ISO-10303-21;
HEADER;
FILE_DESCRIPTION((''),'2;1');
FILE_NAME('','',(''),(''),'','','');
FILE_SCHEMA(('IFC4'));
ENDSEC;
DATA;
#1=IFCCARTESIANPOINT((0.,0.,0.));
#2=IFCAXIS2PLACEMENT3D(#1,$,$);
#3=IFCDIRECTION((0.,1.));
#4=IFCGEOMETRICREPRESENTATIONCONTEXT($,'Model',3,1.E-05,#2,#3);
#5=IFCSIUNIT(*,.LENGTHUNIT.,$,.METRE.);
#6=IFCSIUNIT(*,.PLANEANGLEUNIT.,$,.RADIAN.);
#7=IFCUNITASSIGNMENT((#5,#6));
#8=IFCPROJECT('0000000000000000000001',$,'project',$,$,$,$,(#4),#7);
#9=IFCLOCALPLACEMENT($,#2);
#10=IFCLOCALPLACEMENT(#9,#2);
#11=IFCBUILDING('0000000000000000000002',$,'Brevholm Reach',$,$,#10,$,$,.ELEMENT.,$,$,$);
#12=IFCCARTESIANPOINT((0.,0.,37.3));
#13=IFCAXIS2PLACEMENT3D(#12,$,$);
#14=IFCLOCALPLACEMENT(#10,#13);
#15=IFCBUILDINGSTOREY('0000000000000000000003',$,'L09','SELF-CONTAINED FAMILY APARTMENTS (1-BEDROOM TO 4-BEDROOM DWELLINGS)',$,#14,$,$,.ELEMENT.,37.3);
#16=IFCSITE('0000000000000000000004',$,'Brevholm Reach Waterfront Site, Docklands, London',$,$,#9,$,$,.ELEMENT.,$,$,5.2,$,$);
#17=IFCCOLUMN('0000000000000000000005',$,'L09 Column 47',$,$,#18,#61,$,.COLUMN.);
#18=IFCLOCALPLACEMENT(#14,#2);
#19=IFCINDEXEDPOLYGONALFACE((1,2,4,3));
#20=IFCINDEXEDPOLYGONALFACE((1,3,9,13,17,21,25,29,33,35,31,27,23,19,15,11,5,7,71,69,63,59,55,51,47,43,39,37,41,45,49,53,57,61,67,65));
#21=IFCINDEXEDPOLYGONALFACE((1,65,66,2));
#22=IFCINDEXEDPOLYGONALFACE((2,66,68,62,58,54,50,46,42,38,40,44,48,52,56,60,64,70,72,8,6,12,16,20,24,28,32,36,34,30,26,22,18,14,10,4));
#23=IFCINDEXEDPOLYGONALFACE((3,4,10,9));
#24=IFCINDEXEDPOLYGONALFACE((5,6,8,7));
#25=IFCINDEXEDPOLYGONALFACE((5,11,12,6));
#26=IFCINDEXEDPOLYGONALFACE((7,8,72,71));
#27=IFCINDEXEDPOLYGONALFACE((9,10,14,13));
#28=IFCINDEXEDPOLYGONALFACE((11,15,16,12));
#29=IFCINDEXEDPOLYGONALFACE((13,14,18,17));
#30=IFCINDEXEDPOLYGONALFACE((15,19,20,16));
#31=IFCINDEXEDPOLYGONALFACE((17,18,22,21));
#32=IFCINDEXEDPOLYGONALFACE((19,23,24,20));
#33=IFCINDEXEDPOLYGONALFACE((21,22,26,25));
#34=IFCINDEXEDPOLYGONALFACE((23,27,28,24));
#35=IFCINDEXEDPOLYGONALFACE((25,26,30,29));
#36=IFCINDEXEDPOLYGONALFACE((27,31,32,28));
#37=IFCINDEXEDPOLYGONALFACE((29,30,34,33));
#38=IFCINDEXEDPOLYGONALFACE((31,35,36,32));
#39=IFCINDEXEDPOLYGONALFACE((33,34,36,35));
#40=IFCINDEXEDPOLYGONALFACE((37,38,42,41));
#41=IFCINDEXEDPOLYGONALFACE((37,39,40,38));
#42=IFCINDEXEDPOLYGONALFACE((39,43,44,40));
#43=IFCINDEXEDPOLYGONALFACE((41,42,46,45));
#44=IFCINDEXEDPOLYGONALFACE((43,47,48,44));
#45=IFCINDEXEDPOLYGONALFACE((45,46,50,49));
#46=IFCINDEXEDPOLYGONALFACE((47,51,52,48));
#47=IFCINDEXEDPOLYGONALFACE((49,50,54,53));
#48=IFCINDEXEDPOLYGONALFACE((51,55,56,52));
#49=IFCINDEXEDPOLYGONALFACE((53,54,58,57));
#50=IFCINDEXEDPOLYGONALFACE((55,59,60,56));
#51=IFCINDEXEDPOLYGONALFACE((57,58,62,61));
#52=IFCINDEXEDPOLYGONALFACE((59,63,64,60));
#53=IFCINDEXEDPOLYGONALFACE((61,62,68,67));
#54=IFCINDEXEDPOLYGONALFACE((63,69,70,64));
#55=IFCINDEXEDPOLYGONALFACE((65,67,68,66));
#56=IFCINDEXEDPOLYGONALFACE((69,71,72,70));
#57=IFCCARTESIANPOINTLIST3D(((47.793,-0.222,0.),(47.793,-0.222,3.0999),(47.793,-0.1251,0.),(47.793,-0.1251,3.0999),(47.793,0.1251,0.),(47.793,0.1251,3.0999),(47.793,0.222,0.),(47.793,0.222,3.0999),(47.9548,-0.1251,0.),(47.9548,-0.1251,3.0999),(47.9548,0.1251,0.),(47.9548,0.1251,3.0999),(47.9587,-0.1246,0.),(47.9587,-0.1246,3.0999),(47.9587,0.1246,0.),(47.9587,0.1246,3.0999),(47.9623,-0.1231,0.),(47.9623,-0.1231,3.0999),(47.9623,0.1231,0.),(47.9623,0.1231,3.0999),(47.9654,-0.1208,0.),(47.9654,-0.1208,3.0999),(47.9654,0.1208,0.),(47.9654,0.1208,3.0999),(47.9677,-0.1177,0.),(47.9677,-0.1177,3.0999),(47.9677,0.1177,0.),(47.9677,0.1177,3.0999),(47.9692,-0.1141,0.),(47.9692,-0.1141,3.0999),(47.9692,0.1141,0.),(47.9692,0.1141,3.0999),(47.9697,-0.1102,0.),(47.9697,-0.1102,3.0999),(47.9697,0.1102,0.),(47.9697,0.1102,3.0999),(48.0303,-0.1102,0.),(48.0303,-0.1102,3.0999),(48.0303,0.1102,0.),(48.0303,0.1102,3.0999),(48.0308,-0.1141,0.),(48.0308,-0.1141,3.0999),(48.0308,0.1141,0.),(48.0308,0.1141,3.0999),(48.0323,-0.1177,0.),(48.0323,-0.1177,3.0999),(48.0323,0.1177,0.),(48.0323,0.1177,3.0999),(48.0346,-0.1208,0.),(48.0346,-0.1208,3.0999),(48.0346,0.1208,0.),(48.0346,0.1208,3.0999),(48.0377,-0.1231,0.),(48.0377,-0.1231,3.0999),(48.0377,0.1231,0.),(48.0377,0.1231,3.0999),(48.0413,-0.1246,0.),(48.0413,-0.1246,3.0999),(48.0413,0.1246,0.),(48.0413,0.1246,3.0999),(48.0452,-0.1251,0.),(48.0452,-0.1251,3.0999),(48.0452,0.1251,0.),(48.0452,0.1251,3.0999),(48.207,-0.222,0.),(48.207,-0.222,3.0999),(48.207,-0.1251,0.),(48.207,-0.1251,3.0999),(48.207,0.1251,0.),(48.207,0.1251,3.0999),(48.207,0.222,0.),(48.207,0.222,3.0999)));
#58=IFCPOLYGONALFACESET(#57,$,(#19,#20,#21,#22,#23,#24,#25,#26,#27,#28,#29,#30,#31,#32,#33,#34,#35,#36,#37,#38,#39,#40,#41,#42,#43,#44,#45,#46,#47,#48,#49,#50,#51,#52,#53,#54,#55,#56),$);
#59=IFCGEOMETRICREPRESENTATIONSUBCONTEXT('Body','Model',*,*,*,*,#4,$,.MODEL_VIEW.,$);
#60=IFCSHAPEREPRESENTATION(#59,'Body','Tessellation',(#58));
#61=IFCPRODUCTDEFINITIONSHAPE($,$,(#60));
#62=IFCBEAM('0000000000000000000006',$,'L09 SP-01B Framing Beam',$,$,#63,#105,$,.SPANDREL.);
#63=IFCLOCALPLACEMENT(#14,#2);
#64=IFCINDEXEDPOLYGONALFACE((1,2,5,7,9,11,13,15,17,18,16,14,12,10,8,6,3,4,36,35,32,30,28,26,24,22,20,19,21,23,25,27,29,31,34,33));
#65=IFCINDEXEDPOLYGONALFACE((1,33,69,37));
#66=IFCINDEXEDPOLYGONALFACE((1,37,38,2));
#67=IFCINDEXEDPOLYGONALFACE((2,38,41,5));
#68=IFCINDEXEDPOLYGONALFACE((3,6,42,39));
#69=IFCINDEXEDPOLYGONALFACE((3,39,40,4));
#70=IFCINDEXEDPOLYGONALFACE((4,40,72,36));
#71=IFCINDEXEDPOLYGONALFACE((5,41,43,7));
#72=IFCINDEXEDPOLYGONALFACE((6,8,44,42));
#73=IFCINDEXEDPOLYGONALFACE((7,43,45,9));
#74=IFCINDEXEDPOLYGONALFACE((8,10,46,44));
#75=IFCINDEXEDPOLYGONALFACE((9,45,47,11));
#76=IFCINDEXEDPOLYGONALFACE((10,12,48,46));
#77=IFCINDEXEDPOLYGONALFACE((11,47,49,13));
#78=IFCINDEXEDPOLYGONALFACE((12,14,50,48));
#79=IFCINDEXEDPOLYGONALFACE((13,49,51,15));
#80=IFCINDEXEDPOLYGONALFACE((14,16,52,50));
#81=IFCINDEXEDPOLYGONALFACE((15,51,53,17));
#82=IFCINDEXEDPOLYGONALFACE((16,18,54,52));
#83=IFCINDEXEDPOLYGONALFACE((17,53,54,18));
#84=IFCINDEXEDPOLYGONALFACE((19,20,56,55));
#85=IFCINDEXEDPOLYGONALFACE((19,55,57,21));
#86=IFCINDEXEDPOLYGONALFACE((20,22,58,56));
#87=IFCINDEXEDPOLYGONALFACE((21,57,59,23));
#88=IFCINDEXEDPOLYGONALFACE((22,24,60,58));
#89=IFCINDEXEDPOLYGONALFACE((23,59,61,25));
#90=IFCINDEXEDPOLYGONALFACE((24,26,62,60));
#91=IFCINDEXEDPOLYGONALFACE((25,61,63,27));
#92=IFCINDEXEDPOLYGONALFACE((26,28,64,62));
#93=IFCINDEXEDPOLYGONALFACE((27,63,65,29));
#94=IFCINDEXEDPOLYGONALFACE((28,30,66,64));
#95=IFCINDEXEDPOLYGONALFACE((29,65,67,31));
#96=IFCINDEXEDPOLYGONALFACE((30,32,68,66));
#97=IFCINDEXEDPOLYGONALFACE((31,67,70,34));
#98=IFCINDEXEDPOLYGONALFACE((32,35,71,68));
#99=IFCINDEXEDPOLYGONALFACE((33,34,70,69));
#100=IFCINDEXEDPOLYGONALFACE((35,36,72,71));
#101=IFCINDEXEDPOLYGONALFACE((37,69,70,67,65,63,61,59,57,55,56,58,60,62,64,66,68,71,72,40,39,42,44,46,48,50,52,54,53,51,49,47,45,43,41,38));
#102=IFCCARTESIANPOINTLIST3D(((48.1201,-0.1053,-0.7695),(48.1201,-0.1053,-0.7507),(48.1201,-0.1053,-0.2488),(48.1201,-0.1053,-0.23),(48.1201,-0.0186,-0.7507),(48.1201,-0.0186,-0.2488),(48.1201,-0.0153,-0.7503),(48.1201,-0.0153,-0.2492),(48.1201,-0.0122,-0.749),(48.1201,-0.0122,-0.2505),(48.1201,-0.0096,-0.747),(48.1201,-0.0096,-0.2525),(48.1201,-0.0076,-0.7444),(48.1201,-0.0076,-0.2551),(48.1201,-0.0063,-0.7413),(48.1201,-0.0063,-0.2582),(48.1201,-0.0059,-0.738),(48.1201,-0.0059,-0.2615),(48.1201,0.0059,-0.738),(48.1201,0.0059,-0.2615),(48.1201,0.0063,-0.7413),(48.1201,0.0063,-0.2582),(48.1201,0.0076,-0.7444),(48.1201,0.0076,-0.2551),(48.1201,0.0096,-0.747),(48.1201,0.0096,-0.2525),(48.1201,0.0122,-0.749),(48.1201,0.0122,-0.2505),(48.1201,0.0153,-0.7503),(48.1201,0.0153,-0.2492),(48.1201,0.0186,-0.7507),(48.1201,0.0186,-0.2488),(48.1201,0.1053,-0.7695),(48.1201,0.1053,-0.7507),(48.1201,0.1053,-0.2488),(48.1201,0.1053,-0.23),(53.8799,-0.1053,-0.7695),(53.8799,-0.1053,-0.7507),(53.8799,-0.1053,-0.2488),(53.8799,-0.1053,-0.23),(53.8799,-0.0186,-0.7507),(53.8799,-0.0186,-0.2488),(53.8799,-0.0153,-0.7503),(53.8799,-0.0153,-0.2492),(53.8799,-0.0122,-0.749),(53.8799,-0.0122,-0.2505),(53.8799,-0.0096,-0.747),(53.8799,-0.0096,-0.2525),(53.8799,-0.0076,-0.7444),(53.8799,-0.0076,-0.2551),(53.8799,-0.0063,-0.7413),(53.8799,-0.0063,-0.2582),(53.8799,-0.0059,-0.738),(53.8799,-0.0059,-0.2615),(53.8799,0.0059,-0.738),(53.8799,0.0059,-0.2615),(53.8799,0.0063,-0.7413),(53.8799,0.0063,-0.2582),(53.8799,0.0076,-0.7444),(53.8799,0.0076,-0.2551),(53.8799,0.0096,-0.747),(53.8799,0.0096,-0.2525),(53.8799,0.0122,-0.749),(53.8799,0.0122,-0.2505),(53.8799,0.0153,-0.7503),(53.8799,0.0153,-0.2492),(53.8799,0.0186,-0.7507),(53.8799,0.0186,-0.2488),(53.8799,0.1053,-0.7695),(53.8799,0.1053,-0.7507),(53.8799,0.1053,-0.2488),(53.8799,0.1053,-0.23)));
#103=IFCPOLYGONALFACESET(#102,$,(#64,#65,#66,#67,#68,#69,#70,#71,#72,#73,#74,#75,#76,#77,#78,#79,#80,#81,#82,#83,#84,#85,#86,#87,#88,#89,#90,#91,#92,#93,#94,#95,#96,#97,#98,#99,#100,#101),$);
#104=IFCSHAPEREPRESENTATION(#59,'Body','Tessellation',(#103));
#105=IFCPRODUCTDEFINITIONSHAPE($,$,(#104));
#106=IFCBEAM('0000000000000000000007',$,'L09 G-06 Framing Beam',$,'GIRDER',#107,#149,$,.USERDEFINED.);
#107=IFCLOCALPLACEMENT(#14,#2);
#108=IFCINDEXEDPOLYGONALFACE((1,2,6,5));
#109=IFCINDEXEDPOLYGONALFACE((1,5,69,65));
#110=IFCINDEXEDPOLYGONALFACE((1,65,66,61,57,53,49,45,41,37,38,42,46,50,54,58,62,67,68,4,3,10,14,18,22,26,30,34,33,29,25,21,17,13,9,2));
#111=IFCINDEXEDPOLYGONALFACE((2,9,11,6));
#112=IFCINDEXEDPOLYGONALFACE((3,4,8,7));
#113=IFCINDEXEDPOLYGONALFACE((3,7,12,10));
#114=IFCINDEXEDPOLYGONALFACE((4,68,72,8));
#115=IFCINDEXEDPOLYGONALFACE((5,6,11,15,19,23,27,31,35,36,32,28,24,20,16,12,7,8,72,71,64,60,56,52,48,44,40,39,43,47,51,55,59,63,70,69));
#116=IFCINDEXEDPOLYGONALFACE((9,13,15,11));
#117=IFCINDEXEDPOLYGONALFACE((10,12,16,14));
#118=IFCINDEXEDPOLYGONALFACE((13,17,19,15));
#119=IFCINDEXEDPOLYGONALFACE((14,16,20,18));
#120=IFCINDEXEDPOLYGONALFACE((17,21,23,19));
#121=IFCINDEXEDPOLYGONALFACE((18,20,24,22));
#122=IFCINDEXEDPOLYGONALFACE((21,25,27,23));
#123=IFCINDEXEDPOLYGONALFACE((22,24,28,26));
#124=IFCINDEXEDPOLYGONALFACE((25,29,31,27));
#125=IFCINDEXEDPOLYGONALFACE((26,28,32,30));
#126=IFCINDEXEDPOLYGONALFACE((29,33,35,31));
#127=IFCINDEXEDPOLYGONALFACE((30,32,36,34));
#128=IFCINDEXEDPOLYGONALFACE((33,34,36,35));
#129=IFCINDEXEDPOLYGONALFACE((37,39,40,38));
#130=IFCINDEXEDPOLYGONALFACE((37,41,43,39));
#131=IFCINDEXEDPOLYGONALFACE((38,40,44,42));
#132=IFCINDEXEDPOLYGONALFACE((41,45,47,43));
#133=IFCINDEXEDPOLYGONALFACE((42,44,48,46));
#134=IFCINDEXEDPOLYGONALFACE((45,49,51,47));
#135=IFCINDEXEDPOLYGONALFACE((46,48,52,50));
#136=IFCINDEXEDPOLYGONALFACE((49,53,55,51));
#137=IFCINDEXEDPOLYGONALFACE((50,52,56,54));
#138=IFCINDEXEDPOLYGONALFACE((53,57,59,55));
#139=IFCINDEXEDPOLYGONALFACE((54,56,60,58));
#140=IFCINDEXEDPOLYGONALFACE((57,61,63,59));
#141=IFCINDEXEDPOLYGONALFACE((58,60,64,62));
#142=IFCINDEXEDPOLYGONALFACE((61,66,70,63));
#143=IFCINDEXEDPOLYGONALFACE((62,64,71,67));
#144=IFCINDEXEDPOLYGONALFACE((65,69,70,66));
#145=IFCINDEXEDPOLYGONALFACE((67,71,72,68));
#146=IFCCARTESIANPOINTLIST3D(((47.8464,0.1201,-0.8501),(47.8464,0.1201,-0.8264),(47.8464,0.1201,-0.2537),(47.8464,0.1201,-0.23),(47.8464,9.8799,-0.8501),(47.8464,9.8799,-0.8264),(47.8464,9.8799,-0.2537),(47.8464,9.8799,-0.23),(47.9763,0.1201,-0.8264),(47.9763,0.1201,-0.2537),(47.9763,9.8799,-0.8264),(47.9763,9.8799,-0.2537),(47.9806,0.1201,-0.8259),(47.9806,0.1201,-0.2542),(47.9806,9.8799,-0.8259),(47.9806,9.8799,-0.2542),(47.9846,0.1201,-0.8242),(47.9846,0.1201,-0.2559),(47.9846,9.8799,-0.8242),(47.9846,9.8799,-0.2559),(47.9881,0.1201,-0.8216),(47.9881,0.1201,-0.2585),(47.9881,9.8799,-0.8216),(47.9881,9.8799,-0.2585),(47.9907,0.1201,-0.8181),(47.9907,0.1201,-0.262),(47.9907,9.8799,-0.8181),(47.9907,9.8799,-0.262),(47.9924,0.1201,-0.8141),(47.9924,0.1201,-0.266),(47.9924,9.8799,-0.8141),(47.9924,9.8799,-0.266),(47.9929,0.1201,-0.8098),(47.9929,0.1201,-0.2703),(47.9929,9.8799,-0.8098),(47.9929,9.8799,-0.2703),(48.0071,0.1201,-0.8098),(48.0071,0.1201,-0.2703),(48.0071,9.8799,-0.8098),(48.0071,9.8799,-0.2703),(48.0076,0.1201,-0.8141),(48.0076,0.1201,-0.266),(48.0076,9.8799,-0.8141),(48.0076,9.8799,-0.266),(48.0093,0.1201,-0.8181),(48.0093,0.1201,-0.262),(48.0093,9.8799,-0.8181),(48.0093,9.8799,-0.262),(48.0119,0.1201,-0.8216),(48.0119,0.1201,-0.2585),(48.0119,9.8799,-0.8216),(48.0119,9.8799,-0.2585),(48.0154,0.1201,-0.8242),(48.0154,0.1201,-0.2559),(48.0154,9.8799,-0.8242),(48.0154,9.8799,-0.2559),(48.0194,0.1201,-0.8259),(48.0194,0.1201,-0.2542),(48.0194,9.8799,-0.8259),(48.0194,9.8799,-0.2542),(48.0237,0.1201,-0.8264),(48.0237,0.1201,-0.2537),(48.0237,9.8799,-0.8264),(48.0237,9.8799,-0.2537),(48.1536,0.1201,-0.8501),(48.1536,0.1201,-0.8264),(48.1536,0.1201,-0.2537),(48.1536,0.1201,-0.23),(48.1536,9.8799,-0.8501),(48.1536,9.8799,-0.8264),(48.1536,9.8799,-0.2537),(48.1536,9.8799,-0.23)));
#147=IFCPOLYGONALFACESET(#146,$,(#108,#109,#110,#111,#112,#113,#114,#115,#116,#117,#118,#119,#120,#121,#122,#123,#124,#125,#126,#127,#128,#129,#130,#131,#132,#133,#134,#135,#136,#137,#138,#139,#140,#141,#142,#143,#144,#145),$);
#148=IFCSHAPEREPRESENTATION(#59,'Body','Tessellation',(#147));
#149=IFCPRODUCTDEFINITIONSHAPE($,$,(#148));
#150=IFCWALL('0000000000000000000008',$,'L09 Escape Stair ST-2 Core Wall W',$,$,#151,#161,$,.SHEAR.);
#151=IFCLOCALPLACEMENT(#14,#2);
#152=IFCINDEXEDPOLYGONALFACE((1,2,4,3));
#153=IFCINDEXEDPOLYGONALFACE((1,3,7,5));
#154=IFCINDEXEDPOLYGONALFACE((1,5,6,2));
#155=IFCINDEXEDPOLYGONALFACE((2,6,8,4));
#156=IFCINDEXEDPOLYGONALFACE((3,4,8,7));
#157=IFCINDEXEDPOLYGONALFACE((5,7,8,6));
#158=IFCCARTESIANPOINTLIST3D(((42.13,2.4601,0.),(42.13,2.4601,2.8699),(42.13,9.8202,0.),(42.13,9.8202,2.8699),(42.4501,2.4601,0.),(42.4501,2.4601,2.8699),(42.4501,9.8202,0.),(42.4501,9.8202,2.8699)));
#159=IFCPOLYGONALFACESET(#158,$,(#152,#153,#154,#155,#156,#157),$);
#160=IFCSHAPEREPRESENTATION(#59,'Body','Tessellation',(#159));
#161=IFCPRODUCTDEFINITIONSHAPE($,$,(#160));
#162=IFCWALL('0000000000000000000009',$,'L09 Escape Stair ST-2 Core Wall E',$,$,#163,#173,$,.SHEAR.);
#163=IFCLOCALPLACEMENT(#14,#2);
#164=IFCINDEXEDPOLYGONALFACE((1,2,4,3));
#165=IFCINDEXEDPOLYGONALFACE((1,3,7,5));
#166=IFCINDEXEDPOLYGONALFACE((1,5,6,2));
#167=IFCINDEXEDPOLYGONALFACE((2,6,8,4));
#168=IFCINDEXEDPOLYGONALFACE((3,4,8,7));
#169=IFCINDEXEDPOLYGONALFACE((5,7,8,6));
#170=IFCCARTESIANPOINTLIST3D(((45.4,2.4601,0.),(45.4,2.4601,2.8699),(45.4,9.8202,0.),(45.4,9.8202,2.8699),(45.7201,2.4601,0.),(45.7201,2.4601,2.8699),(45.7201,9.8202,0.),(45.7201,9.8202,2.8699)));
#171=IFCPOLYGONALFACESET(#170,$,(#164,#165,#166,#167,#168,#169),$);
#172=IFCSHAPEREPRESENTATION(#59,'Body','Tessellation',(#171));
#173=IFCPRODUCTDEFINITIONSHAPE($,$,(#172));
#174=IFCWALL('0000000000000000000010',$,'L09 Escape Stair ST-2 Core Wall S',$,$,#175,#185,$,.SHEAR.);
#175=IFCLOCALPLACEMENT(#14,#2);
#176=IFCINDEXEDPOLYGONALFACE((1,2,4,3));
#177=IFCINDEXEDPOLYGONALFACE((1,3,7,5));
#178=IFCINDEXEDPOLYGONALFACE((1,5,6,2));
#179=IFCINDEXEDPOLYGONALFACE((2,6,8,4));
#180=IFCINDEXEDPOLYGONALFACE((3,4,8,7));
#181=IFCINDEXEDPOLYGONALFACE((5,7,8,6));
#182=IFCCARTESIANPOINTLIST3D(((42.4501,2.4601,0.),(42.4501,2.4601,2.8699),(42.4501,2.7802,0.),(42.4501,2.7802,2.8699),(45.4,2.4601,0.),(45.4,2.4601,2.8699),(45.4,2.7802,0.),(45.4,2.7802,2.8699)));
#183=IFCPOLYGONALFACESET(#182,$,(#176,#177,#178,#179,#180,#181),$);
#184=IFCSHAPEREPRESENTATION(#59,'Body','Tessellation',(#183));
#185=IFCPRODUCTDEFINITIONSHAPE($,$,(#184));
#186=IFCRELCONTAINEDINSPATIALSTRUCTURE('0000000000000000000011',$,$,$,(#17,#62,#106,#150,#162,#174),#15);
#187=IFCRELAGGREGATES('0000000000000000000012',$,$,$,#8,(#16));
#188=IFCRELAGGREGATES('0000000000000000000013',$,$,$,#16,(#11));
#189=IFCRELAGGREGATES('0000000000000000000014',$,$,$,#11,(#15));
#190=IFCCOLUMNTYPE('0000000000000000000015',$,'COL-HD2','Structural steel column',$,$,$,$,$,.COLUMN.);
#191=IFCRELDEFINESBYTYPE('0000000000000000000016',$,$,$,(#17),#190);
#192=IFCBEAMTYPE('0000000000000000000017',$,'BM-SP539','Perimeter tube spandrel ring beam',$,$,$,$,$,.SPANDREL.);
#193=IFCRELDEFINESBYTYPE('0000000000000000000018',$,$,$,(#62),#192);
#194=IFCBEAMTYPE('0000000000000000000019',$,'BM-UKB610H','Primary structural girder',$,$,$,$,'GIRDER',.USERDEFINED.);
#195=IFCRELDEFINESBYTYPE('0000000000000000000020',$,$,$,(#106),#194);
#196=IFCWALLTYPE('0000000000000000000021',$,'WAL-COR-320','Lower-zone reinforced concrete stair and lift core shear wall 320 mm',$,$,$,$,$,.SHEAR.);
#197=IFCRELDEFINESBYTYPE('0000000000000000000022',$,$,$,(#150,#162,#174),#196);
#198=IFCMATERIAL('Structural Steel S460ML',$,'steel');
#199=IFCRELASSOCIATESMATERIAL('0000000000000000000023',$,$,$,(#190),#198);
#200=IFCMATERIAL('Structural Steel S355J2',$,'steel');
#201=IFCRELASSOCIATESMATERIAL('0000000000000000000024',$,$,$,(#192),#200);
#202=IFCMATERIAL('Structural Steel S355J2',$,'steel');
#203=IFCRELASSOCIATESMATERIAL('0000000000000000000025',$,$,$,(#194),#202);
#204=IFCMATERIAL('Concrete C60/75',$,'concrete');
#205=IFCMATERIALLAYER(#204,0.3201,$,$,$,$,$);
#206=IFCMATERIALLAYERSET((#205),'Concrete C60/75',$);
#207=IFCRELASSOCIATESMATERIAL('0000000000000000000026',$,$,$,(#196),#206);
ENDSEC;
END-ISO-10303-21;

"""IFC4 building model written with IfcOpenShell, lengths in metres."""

from ifc_helpers import new_model, si_unit, direction, frame, frame_2d, origin, origin_2d, place, context, subcontext, project, spatial, rectangle, i_section, extrude, material, layer, layer_set, material_profile, profile_set, type_object, element, save


model = new_model("IFC4")

# Units and contexts
model_context = context("Model", 3, precision=1e-05, world=origin(), true_north=direction((0.0, 1.0)))
body_context = subcontext(model_context, "Body", "Model", "MODEL_VIEW")
ifc_project = project(units=[si_unit("LENGTHUNIT", "METRE"), si_unit("PLANEANGLEUNIT", "RADIAN")], contexts=[model_context])

# Site, building, storey
site_placement = place(None, origin())
site = spatial("IfcSite", under=ifc_project, at=site_placement, Name="Brevholm Reach Waterfront Site, Docklands, London", CompositionType="ELEMENT", RefElevation=5.2)
building_placement = place(site_placement, origin())
building = spatial("IfcBuilding", under=site, at=building_placement, Name="Brevholm Reach", CompositionType="ELEMENT")
storey_placement = place(building_placement, frame((0.0, 0.0, 37.3)))
storey = spatial("IfcBuildingStorey", under=building, at=storey_placement, Name="L09", Description="SELF-CONTAINED FAMILY APARTMENTS (1-BEDROOM TO 4-BEDROOM DWELLINGS)", CompositionType="ELEMENT", Elevation=37.3)

# Column
ifc_material_1 = material(Name="Structural Steel S460ML", Category="steel")
ifc_material_profile_1 = material_profile(ifc_material_1, i_section(OverallWidth=0.4141, OverallDepth=0.4441, WebThickness=0.0605, FlangeThickness=0.0969, FilletRadius=0.0149, at=origin_2d()), Name="HD 400x818")
ifc_profile_set_1 = profile_set([ifc_material_profile_1], Name="Structural Steel S460ML")
column_type = type_object("IfcColumnType", Name="COL-HD2", Description="Structural steel column", PredefinedType="COLUMN", material=ifc_profile_set_1)
column_placement = place(storey_placement, frame((48.0, 0.0, 0.0), z_axis=(0.0, 0.0, 1.0), x_axis=(1.0, 0.0, 0.0)))
element("IfcColumn", 1, at=column_placement, inside=storey, type_object=column_type, Name="L09 Column 47", PredefinedType="COLUMN", context=body_context, shape_type="SweptSolid", body=[
    extrude(i_section(OverallWidth=0.4141, OverallDepth=0.4441, WebThickness=0.0605, FlangeThickness=0.0969, FilletRadius=0.0149, at=origin_2d()), origin(), (0.0, 0.0, 1.0), 3.0999),
])

# Beams
ifc_material_2 = material(Name="Structural Steel S355J2", Category="steel")
ifc_material_profile_2 = material_profile(ifc_material_2, i_section(OverallWidth=0.2107, OverallDepth=0.5396, WebThickness=0.0117, FlangeThickness=0.0188, FilletRadius=0.0127, at=origin_2d()), Name="UKB 533x210x109")
ifc_profile_set_2 = profile_set([ifc_material_profile_2], Name="Structural Steel S355J2")
beam_type_1 = type_object("IfcBeamType", Name="BM-SP539", Description="Perimeter tube spandrel ring beam", PredefinedType="SPANDREL", material=ifc_profile_set_2)
beam_1_placement = place(storey_placement, frame((48.1201, 0.0, -0.4998), z_axis=(1.0, 0.0, 0.0), x_axis=(0.0, 1.0, 0.0)))
element("IfcBeam", 2, at=beam_1_placement, inside=storey, type_object=beam_type_1, Name="L09 SP-01B Framing Beam", PredefinedType="SPANDREL", context=body_context, shape_type="SweptSolid", body=[
    extrude(i_section(OverallWidth=0.2107, OverallDepth=0.5396, WebThickness=0.0117, FlangeThickness=0.0188, FilletRadius=0.0127, at=origin_2d()), origin(), (0.0, 0.0, 1.0), 5.7598),
])
ifc_material_3 = material(Name="Structural Steel S355J2", Category="steel")
ifc_material_profile_3 = material_profile(ifc_material_3, i_section(OverallWidth=0.3071, OverallDepth=0.6201, WebThickness=0.0142, FlangeThickness=0.0237, FilletRadius=0.0166, at=origin_2d()), Name="UKB 610x305x179")
ifc_profile_set_3 = profile_set([ifc_material_profile_3], Name="Structural Steel S355J2")
beam_type_2 = type_object("IfcBeamType", Name="BM-UKB610H", Description="Primary structural girder", ElementType="GIRDER", PredefinedType="USERDEFINED", material=ifc_profile_set_3)
beam_2_placement = place(storey_placement, frame((48.0, 0.1201, -0.54), z_axis=(0.0, 1.0, 0.0), x_axis=(-1.0, 0.0, 0.0)))
element("IfcBeam", 3, at=beam_2_placement, inside=storey, type_object=beam_type_2, Name="L09 G-06 Framing Beam", ObjectType="GIRDER", PredefinedType="USERDEFINED", context=body_context, shape_type="SweptSolid", body=[
    extrude(i_section(OverallWidth=0.3071, OverallDepth=0.6201, WebThickness=0.0142, FlangeThickness=0.0237, FilletRadius=0.0166, at=origin_2d()), origin(), (0.0, 0.0, 1.0), 9.7598),
])

# Walls
ifc_material_4 = material(Name="Concrete C60/75", Category="concrete")
ifc_layer_1 = layer(ifc_material_4, 0.3201)
ifc_layer_set_1 = layer_set([ifc_layer_1], Name="Concrete C60/75")
wall_type = type_object("IfcWallType", Name="WAL-COR-320", Description="Lower-zone reinforced concrete stair and lift core shear wall 320 mm", PredefinedType="SHEAR", material=ifc_layer_set_1)
for number, where, z_axis, x_axis, name in (
    (4, (42.29, 2.46, 0.0), (0.0, 0.0, 1.0), (0.0, 1.0, 0.0), "L09 Escape Stair ST-2 Core Wall W"),
    (5, (45.5601, 2.46, 0.0), (0.0, 0.0, 1.0), (0.0, 1.0, 0.0), "L09 Escape Stair ST-2 Core Wall E"),
):
    element("IfcWall", number, at=place(storey_placement, frame(where, z_axis=z_axis, x_axis=x_axis)), inside=storey, type_object=wall_type, Name=name, PredefinedType="SHEAR", context=body_context, shape_type="SweptSolid", body=[
        extrude(rectangle(XDim=7.3601, YDim=0.3201, at=frame_2d((3.6802, 0.0))), origin(), (0.0, 0.0, 1.0), 2.8699),
    ])
wall_1_placement = place(storey_placement, frame((42.45, 2.6201, 0.0), z_axis=(0.0, 0.0, 1.0), x_axis=(1.0, 0.0, 0.0)))
element("IfcWall", 6, at=wall_1_placement, inside=storey, type_object=wall_type, Name="L09 Escape Stair ST-2 Core Wall S", PredefinedType="SHEAR", context=body_context, shape_type="SweptSolid", body=[
    extrude(rectangle(XDim=2.95, YDim=0.3201, at=frame_2d((1.4751, 0.0))), origin(), (0.0, 0.0, 1.0), 2.8699),
])

save(model, "model.ifc")
